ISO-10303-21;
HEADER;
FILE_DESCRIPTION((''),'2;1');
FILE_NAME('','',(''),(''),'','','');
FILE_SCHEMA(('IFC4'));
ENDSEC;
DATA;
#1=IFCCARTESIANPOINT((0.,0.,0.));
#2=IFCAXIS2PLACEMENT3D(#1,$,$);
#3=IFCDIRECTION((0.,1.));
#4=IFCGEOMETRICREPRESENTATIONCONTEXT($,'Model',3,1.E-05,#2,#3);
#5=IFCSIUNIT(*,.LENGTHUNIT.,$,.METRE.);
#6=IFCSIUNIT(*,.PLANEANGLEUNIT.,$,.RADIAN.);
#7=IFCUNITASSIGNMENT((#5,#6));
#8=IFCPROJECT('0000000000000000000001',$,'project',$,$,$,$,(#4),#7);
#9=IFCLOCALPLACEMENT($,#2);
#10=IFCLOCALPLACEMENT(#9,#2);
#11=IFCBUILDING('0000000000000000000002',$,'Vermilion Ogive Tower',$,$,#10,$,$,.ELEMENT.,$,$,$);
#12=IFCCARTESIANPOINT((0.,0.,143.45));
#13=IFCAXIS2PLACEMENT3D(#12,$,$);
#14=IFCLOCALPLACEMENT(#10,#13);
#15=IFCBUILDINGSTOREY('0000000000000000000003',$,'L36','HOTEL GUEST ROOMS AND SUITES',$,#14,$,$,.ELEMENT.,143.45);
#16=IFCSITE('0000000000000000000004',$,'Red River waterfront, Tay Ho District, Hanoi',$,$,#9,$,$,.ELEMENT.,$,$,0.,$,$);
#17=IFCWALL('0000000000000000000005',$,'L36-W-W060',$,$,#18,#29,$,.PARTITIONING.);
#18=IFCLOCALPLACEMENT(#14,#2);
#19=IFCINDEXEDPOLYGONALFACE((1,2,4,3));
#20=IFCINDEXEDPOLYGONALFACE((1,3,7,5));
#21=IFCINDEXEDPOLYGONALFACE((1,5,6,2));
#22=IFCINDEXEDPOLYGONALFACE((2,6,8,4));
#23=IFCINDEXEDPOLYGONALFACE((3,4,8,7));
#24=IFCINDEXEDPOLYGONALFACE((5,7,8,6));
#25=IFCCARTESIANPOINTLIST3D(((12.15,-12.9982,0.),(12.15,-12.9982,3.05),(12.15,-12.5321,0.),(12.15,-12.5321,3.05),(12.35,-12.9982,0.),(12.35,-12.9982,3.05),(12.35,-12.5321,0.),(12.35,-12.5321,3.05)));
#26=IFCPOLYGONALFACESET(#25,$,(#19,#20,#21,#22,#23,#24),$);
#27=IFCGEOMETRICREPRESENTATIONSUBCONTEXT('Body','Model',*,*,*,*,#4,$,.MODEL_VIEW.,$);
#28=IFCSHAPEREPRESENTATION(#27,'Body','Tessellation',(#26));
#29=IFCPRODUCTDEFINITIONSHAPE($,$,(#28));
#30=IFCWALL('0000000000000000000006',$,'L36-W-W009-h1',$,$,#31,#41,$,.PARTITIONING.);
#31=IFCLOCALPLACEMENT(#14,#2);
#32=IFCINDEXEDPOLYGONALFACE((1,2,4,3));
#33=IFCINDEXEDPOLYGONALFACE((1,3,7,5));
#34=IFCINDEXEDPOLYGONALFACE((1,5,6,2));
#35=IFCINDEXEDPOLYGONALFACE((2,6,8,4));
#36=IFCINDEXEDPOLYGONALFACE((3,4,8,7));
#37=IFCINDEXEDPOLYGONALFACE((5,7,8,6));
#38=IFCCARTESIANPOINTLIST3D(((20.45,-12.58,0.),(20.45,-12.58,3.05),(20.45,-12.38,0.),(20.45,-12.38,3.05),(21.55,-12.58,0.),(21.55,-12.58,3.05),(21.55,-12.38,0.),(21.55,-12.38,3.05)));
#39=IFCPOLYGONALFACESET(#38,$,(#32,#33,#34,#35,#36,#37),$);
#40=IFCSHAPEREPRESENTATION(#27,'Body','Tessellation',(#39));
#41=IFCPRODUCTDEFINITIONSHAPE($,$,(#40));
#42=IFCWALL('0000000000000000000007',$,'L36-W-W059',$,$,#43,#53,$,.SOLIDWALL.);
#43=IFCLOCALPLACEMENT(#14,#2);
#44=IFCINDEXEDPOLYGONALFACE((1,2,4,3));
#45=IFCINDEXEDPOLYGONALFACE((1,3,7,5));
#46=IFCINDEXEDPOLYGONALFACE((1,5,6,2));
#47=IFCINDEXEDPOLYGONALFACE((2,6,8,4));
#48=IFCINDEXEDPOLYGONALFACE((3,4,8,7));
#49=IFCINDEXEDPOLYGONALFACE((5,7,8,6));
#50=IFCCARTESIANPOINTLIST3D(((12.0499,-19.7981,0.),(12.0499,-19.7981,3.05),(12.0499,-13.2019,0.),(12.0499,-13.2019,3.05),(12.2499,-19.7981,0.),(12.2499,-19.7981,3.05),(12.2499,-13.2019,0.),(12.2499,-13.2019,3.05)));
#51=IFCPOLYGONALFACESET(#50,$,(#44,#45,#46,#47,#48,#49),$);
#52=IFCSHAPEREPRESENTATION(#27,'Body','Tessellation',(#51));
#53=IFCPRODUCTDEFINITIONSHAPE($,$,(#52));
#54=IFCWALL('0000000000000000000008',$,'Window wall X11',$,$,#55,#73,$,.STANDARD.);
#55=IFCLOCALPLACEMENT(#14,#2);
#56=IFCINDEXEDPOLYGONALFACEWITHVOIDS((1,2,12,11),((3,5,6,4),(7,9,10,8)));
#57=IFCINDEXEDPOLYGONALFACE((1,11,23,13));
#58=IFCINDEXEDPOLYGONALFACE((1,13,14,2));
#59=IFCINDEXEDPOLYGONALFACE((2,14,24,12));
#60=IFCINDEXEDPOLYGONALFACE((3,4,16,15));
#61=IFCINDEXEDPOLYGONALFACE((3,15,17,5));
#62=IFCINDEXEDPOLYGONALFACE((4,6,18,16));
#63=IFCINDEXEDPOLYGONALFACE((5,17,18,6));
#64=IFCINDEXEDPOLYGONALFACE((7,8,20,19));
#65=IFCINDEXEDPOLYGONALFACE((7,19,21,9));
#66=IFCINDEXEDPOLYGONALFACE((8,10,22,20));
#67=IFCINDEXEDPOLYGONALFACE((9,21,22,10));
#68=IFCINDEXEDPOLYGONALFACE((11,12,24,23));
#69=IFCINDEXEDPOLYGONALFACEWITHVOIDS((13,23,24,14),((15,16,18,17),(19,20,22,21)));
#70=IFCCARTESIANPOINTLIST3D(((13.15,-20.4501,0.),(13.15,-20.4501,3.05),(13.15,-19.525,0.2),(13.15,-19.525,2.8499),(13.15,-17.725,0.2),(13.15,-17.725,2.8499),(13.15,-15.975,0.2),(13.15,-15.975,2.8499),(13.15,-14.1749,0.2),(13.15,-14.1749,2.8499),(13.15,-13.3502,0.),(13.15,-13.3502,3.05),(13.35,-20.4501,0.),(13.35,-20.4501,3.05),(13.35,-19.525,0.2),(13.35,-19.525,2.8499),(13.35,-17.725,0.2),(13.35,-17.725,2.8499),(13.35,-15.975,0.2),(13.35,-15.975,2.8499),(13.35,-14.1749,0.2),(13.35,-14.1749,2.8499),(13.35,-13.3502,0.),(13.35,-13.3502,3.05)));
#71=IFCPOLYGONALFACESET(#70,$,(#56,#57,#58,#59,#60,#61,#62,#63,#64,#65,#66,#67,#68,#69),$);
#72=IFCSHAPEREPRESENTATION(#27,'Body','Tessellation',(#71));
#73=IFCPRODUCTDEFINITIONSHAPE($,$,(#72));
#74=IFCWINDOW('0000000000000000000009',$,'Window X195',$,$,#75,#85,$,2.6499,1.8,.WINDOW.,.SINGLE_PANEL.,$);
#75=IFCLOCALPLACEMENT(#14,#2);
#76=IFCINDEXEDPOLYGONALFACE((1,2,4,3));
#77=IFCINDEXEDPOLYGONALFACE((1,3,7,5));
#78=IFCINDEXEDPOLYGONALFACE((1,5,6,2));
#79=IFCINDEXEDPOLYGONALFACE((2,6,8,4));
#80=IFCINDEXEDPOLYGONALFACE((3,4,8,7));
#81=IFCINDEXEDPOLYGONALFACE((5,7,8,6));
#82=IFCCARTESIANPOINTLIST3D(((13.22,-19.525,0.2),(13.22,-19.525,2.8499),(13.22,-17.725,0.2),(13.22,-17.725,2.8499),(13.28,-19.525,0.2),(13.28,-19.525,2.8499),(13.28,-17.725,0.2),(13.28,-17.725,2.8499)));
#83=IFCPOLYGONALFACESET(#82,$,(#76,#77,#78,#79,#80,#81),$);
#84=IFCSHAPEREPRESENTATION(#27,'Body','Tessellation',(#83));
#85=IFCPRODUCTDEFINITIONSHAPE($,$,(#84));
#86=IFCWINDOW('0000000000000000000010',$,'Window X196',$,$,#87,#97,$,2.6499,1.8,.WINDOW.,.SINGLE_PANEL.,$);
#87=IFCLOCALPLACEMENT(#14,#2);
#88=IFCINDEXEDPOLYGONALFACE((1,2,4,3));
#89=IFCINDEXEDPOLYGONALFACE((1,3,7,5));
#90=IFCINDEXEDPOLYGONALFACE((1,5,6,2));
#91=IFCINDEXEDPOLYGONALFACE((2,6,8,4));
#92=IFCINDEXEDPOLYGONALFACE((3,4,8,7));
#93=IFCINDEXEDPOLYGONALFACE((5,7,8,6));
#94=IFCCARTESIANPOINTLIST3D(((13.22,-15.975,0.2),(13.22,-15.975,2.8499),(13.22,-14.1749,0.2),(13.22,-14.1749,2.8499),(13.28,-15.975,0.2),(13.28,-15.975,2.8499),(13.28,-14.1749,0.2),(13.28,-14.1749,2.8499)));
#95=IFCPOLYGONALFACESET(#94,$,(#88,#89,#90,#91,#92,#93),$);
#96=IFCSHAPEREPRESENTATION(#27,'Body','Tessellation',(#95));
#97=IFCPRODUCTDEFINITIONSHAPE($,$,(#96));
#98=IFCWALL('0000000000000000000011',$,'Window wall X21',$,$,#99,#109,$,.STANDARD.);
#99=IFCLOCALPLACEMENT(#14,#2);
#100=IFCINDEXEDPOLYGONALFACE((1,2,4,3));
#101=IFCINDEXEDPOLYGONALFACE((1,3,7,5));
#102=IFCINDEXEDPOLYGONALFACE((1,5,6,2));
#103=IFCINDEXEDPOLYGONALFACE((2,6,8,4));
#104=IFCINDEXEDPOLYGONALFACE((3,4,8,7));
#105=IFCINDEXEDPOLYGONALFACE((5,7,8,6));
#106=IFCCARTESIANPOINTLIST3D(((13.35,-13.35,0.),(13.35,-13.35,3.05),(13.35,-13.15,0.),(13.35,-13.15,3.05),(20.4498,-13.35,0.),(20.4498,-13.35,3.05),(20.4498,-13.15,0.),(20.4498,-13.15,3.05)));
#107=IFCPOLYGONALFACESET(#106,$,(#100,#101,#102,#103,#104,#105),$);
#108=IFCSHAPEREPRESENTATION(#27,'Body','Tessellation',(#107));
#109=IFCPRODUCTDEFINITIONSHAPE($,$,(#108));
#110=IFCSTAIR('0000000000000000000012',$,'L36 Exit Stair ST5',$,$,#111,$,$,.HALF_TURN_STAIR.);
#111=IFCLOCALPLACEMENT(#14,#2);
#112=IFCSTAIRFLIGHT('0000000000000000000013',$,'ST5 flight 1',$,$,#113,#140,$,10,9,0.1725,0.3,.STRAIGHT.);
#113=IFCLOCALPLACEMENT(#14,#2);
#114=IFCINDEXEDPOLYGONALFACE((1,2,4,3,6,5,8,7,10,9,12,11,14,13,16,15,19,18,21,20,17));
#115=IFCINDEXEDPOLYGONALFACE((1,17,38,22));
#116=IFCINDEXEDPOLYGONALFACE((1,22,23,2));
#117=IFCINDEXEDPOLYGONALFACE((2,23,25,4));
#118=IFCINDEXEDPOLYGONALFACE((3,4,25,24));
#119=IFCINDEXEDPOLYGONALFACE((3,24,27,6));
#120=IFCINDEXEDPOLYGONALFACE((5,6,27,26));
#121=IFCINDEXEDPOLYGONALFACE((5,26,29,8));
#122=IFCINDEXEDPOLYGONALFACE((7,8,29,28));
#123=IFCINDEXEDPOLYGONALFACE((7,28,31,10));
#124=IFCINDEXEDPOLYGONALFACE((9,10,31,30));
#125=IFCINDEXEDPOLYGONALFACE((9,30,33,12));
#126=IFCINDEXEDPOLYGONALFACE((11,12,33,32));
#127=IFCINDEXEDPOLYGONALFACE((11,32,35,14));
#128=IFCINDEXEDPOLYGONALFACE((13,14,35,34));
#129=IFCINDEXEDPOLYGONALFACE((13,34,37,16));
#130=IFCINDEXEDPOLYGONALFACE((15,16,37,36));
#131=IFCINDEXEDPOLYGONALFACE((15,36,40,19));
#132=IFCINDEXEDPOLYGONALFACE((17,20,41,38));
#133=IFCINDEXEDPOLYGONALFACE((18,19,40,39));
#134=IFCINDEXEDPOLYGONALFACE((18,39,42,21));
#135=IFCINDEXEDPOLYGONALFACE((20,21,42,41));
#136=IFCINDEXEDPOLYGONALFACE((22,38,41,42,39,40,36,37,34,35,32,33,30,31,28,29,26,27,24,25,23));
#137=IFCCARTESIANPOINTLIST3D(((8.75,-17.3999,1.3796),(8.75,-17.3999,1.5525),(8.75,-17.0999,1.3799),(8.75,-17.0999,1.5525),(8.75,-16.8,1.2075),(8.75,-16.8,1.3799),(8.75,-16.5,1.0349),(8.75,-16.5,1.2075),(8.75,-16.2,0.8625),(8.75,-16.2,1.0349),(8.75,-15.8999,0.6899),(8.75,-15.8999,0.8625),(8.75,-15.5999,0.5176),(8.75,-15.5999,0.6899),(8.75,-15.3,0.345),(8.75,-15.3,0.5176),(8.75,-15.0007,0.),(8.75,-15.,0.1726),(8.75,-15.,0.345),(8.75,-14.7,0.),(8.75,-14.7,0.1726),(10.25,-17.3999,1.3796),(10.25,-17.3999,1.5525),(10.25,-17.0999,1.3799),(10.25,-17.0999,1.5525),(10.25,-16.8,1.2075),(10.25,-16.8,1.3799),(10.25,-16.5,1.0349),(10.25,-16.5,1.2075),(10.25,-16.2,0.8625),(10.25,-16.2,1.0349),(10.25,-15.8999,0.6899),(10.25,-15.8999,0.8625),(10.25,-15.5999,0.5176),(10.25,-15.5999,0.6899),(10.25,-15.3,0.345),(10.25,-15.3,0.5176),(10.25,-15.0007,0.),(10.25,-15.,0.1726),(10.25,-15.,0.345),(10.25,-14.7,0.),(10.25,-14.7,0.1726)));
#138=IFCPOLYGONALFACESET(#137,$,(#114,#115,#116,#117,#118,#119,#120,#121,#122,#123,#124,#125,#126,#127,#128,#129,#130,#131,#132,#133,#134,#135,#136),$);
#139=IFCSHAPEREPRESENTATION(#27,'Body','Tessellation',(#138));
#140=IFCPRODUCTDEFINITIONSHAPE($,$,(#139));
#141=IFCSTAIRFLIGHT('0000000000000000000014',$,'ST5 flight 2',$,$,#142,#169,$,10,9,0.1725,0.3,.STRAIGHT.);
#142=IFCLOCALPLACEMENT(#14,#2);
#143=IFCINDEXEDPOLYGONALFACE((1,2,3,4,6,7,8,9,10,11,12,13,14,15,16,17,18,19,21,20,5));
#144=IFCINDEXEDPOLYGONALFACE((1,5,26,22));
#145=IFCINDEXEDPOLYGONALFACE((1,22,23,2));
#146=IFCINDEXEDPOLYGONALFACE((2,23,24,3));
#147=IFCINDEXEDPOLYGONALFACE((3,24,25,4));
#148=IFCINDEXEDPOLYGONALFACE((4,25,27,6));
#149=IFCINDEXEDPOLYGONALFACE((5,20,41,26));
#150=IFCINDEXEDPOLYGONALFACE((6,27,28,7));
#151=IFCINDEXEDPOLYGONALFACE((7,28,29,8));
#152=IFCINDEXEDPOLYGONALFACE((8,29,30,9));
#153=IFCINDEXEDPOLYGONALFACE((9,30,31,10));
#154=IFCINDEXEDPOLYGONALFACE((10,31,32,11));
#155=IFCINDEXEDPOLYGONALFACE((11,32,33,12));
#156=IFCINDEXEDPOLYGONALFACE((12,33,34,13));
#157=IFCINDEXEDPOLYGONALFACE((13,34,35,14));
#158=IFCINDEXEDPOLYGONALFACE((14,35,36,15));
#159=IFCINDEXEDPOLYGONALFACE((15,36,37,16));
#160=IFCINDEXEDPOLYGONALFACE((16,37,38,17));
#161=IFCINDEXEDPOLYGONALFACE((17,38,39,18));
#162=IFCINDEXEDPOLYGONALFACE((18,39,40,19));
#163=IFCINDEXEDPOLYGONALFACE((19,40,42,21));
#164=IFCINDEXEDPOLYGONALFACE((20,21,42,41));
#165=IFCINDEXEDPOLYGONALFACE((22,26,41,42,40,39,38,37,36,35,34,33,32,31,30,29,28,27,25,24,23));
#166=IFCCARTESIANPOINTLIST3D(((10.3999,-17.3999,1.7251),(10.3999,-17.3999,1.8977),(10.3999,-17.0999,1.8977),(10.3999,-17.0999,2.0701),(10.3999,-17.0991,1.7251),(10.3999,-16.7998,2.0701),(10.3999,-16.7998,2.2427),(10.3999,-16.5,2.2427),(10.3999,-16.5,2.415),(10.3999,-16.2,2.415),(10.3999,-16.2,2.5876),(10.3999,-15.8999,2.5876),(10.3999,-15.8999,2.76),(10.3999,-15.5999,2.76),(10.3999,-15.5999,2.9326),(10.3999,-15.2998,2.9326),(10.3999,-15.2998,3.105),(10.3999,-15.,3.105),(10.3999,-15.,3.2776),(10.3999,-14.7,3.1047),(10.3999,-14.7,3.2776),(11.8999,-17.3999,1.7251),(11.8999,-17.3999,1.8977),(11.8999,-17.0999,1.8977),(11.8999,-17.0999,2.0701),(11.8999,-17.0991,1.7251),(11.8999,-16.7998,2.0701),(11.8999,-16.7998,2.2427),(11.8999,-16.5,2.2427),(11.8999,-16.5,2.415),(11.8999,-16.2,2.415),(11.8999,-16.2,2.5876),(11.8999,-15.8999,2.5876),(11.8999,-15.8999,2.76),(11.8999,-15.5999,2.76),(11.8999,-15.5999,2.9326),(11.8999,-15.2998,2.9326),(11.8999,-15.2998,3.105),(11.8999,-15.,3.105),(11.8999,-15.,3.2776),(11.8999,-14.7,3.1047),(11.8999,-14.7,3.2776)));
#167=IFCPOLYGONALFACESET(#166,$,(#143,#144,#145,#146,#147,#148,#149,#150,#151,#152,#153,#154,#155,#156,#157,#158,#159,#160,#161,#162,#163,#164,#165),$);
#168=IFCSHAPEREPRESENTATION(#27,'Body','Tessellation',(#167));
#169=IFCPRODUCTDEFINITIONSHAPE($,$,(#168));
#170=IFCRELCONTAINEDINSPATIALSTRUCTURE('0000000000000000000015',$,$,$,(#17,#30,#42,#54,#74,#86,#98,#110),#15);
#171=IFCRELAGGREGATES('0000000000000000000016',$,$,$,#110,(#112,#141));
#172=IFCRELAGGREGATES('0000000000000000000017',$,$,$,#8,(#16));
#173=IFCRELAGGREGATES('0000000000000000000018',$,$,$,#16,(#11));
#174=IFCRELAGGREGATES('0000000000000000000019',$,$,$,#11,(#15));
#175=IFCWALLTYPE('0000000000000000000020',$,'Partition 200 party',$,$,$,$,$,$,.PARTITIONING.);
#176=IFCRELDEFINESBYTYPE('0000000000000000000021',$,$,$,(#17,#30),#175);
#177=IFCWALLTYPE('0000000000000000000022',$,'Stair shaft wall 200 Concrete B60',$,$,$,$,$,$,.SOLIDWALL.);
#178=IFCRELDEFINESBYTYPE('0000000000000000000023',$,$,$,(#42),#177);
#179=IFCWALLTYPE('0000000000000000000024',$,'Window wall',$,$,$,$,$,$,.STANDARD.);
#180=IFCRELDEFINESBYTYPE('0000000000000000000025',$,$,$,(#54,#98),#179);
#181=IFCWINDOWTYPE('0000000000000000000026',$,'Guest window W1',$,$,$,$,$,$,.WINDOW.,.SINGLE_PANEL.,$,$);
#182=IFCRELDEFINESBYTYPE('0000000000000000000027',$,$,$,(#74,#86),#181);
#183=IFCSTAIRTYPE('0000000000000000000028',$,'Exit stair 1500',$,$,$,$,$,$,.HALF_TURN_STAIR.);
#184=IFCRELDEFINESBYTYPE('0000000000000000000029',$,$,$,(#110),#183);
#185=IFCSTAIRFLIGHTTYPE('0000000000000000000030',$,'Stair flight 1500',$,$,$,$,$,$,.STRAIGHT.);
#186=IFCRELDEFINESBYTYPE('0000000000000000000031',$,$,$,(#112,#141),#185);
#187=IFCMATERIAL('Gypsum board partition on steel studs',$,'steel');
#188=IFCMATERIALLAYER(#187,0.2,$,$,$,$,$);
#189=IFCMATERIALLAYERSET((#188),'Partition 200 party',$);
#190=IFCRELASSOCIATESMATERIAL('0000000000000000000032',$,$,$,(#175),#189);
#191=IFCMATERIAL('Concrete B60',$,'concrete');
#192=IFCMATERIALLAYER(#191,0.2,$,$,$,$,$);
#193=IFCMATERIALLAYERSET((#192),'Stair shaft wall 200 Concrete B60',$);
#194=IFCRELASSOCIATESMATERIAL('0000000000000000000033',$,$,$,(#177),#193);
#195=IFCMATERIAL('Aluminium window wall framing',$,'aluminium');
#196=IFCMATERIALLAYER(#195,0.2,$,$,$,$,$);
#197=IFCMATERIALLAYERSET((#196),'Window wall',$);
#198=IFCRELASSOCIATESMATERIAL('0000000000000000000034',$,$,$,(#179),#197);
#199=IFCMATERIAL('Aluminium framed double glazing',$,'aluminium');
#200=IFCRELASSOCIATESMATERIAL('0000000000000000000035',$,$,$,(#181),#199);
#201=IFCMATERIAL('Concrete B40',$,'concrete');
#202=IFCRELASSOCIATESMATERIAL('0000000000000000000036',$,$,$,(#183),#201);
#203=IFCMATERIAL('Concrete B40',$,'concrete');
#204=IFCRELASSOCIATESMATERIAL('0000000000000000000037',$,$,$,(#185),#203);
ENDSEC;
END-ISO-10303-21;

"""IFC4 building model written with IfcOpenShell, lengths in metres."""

from ifc_helpers import new_model, si_unit, direction, frame, frame_2d, origin, place, context, subcontext, project, spatial, polyline, rectangle, outline, extrude, material, layer, layer_set, type_object, element, fill, aggregate, save


model = new_model("IFC4")

# Units and contexts
model_context = context("Model", 3, precision=1e-05, world=origin(), true_north=direction((0.0, 1.0)))
body_context = subcontext(model_context, "Body", "Model", "MODEL_VIEW")
ifc_project = project(units=[si_unit("LENGTHUNIT", "METRE"), si_unit("PLANEANGLEUNIT", "RADIAN")], contexts=[model_context])

# Site, building, storey
site_placement = place(None, origin())
site = spatial("IfcSite", under=ifc_project, at=site_placement, Name="Red River waterfront, Tay Ho District, Hanoi", CompositionType="ELEMENT", RefElevation=0.0)
building_placement = place(site_placement, origin())
building = spatial("IfcBuilding", under=site, at=building_placement, Name="Vermilion Ogive Tower", CompositionType="ELEMENT")
storey_placement = place(building_placement, frame((0.0, 0.0, 143.45)))
storey = spatial("IfcBuildingStorey", under=building, at=storey_placement, Name="L36", Description="HOTEL GUEST ROOMS AND SUITES", CompositionType="ELEMENT", Elevation=143.45)

# Walls
ifc_material_1 = material(Name="Gypsum board partition on steel studs", Category="steel")
ifc_layer_1 = layer(ifc_material_1, 0.2)
ifc_layer_set_1 = layer_set([ifc_layer_1], Name="Partition 200 party")
wall_type_1 = type_object("IfcWallType", Name="Partition 200 party", PredefinedType="PARTITIONING", material=ifc_layer_set_1)
wall_1_placement = place(storey_placement, frame((12.25, -12.998, 0.0), z_axis=(0.0, 0.0, 1.0), x_axis=(0.0, 1.0, 0.0)))
element("IfcWall", 1, at=wall_1_placement, inside=storey, type_object=wall_type_1, Name="L36-W-W060", PredefinedType="PARTITIONING", context=body_context, shape_type="SweptSolid", body=[
    extrude(rectangle(XDim=0.4661, YDim=0.2, at=frame_2d((0.2329, 0.0))), origin(), (0.0, 0.0, 1.0), 3.05),
])
wall_2_placement = place(storey_placement, frame((20.45, -12.48, 0.0), z_axis=(0.0, 0.0, 1.0), x_axis=(1.0, 0.0, 0.0)))
element("IfcWall", 2, at=wall_2_placement, inside=storey, type_object=wall_type_1, Name="L36-W-W009-h1", PredefinedType="PARTITIONING", context=body_context, shape_type="SweptSolid", body=[
    extrude(rectangle(XDim=1.1001, YDim=0.2, at=frame_2d((0.55, 0.0))), origin(), (0.0, 0.0, 1.0), 3.05),
])
ifc_material_2 = material(Name="Concrete B60", Category="concrete")
ifc_layer_2 = layer(ifc_material_2, 0.2)
ifc_layer_set_2 = layer_set([ifc_layer_2], Name="Stair shaft wall 200 Concrete B60")
wall_type_2 = type_object("IfcWallType", Name="Stair shaft wall 200 Concrete B60", PredefinedType="SOLIDWALL", material=ifc_layer_set_2)
wall_3_placement = place(storey_placement, frame((12.1499, -19.7981, 0.0), z_axis=(0.0, 0.0, 1.0), x_axis=(0.0, 1.0, 0.0)))
element("IfcWall", 3, at=wall_3_placement, inside=storey, type_object=wall_type_2, Name="L36-W-W059", PredefinedType="SOLIDWALL", context=body_context, shape_type="SweptSolid", body=[
    extrude(rectangle(XDim=6.5962, YDim=0.2, at=frame_2d((3.2981, 0.0))), origin(), (0.0, 0.0, 1.0), 3.05),
])

# Wall, openings, windows
ifc_material_3 = material(Name="Aluminium window wall framing", Category="aluminium")
ifc_layer_3 = layer(ifc_material_3, 0.2)
ifc_layer_set_3 = layer_set([ifc_layer_3], Name="Window wall")
wall_type_3 = type_object("IfcWallType", Name="Window wall", PredefinedType="STANDARD", material=ifc_layer_set_3)
wall_4_placement = place(storey_placement, frame((13.25, -20.45, 0.0), z_axis=(0.0, 0.0, 1.0), x_axis=(0.0, 1.0, 0.0)))
wall_4 = element("IfcWall", 4, at=wall_4_placement, inside=storey, type_object=wall_type_3, Name="Window wall X11", PredefinedType="STANDARD", context=body_context, shape_type="SweptSolid", body=[
    extrude(rectangle(XDim=7.0999, YDim=0.2, at=frame_2d((3.5498, 0.0))), origin(), (0.0, 0.0, 1.0), 3.05),
])
opening_1_placement = place(wall_4_placement, frame((0.925, 0.0, 0.2)))
opening_1 = element("IfcOpeningElement", 5, at=opening_1_placement, cuts=wall_4, PredefinedType="OPENING", context=body_context, shape_type="SweptSolid", body=[
    extrude(rectangle(XDim=1.8, YDim=2.6499, at=frame_2d((0.8999, 1.325))), frame((0.0, 0.1099, 0.0), z_axis=(0.0, -1.0, 0.0), x_axis=(1.0, 0.0, 0.0)), (0.0, 0.0, 1.0), 0.22),
])
opening_2_placement = place(wall_4_placement, frame((4.4751, 0.0, 0.2)))
opening_2 = element("IfcOpeningElement", 6, at=opening_2_placement, cuts=wall_4, PredefinedType="OPENING", context=body_context, shape_type="SweptSolid", body=[
    extrude(rectangle(XDim=1.8, YDim=2.6499, at=frame_2d((0.8999, 1.325))), frame((0.0, 0.1099, 0.0), z_axis=(0.0, -1.0, 0.0), x_axis=(1.0, 0.0, 0.0)), (0.0, 0.0, 1.0), 0.22),
])
ifc_material_4 = material(Name="Aluminium framed double glazing", Category="aluminium")
window_type = type_object("IfcWindowType", Name="Guest window W1", PartitioningType="SINGLE_PANEL", PredefinedType="WINDOW", material=ifc_material_4)
window_1_placement = place(opening_1_placement, origin())
window_1 = element("IfcWindow", 7, at=window_1_placement, inside=storey, type_object=window_type, Name="Window X195", OverallHeight=2.6499, OverallWidth=1.8, PartitioningType="SINGLE_PANEL", PredefinedType="WINDOW", context=body_context, shape_type="SweptSolid", body=[
    extrude(rectangle(XDim=1.8, YDim=2.6499, at=frame_2d((0.8999, 1.325))), frame((0.0, 0.03, 0.0), z_axis=(0.0, -1.0, 0.0), x_axis=(1.0, 0.0, 0.0)), (0.0, 0.0, 1.0), 0.0601),
])
fill(opening_1, window_1)
window_2_placement = place(opening_2_placement, origin())
window_2 = element("IfcWindow", 8, at=window_2_placement, inside=storey, type_object=window_type, Name="Window X196", OverallHeight=2.6499, OverallWidth=1.8, PartitioningType="SINGLE_PANEL", PredefinedType="WINDOW", context=body_context, shape_type="SweptSolid", body=[
    extrude(rectangle(XDim=1.8, YDim=2.6499, at=frame_2d((0.8999, 1.325))), frame((0.0, 0.03, 0.0), z_axis=(0.0, -1.0, 0.0), x_axis=(1.0, 0.0, 0.0)), (0.0, 0.0, 1.0), 0.0601),
])
fill(opening_2, window_2)

# Wall
wall_5_placement = place(storey_placement, frame((13.3501, -13.25, 0.0), z_axis=(0.0, 0.0, 1.0), x_axis=(1.0, 0.0, 0.0)))
element("IfcWall", 9, at=wall_5_placement, inside=storey, type_object=wall_type_3, Name="Window wall X21", PredefinedType="STANDARD", context=body_context, shape_type="SweptSolid", body=[
    extrude(rectangle(XDim=7.0999, YDim=0.2, at=frame_2d((3.5498, 0.0))), origin(), (0.0, 0.0, 1.0), 3.05),
])

# Stair, stair flights
ifc_material_5 = material(Name="Concrete B40", Category="concrete")
stair_type = type_object("IfcStairType", Name="Exit stair 1500", PredefinedType="HALF_TURN_STAIR", material=ifc_material_5)
stair_placement = place(storey_placement, origin())
stair = element("IfcStair", 10, at=stair_placement, inside=storey, type_object=stair_type, Name="L36 Exit Stair ST5", PredefinedType="HALF_TURN_STAIR")
ifc_material_6 = material(Name="Concrete B40", Category="concrete")
stair_flight_type = type_object("IfcStairFlightType", Name="Stair flight 1500", PredefinedType="STRAIGHT", material=ifc_material_6)
stair_flight_1_placement = place(storey_placement, frame((9.5, -14.7, 0.0), z_axis=(0.0, 0.0, 1.0), x_axis=(0.0, -1.0, 0.0)))
stair_flight_1 = element("IfcStairFlight", 11, at=stair_flight_1_placement, type_object=stair_flight_type, Name="ST5 flight 1", NumberOfRisers=10, NumberOfTreads=9, PredefinedType="STRAIGHT", RiserHeight=0.1725, TreadLength=0.3, context=body_context, shape_type="SweptSolid", body=[
    extrude(outline(polyline([(0.0, 0.0), (0.0, 0.1726), (0.3, 0.1726), (0.3, 0.345), (0.6001, 0.345), (0.6001, 0.5176), (0.8999, 0.5176), (0.8999, 0.6899), (1.2, 0.6899), (1.2, 0.8625), (1.5, 0.8625), (1.5, 1.0349), (1.8, 1.0349), (1.8, 1.2075), (2.1001, 1.2075), (2.1001, 1.3799), (2.3999, 1.3799), (2.3999, 1.5525), (2.7, 1.5525), (2.7, 1.7251), (2.7, 1.3796), (0.3008, 0.0), (0.0, 0.0)])), frame((0.0, 0.75, 0.0), z_axis=(0.0, -1.0, 0.0), x_axis=(1.0, 0.0, 0.0)), (0.0, 0.0, 1.0), 1.5),
])
stair_flight_2_placement = place(storey_placement, frame((11.1499, -17.3999, 1.7251), z_axis=(0.0, 0.0, 1.0), x_axis=(0.0, 1.0, 0.0)))
stair_flight_2 = element("IfcStairFlight", 12, at=stair_flight_2_placement, type_object=stair_flight_type, Name="ST5 flight 2", NumberOfRisers=10, NumberOfTreads=9, PredefinedType="STRAIGHT", RiserHeight=0.1725, TreadLength=0.3, context=body_context, shape_type="SweptSolid", body=[
    extrude(outline(polyline([(0.0, 0.0), (0.0, 0.1726), (0.3, 0.1726), (0.3, 0.345), (0.6001, 0.345), (0.6001, 0.5176), (0.8999, 0.5176), (0.8999, 0.6899), (1.2, 0.6899), (1.2, 0.8625), (1.5, 0.8625), (1.5, 1.0349), (1.8, 1.0349), (1.8, 1.2075), (2.1001, 1.2075), (2.1001, 1.3799), (2.3999, 1.3799), (2.3999, 1.5525), (2.7, 1.5525), (2.7, 1.7251), (2.7, 1.3796), (0.3008, 0.0), (0.0, 0.0)])), frame((0.0, 0.75, 0.0), z_axis=(0.0, -1.0, 0.0), x_axis=(1.0, 0.0, 0.0)), (0.0, 0.0, 1.0), 1.5),
])
aggregate(stair, [stair_flight_1, stair_flight_2])

save(model, "model.ifc")
